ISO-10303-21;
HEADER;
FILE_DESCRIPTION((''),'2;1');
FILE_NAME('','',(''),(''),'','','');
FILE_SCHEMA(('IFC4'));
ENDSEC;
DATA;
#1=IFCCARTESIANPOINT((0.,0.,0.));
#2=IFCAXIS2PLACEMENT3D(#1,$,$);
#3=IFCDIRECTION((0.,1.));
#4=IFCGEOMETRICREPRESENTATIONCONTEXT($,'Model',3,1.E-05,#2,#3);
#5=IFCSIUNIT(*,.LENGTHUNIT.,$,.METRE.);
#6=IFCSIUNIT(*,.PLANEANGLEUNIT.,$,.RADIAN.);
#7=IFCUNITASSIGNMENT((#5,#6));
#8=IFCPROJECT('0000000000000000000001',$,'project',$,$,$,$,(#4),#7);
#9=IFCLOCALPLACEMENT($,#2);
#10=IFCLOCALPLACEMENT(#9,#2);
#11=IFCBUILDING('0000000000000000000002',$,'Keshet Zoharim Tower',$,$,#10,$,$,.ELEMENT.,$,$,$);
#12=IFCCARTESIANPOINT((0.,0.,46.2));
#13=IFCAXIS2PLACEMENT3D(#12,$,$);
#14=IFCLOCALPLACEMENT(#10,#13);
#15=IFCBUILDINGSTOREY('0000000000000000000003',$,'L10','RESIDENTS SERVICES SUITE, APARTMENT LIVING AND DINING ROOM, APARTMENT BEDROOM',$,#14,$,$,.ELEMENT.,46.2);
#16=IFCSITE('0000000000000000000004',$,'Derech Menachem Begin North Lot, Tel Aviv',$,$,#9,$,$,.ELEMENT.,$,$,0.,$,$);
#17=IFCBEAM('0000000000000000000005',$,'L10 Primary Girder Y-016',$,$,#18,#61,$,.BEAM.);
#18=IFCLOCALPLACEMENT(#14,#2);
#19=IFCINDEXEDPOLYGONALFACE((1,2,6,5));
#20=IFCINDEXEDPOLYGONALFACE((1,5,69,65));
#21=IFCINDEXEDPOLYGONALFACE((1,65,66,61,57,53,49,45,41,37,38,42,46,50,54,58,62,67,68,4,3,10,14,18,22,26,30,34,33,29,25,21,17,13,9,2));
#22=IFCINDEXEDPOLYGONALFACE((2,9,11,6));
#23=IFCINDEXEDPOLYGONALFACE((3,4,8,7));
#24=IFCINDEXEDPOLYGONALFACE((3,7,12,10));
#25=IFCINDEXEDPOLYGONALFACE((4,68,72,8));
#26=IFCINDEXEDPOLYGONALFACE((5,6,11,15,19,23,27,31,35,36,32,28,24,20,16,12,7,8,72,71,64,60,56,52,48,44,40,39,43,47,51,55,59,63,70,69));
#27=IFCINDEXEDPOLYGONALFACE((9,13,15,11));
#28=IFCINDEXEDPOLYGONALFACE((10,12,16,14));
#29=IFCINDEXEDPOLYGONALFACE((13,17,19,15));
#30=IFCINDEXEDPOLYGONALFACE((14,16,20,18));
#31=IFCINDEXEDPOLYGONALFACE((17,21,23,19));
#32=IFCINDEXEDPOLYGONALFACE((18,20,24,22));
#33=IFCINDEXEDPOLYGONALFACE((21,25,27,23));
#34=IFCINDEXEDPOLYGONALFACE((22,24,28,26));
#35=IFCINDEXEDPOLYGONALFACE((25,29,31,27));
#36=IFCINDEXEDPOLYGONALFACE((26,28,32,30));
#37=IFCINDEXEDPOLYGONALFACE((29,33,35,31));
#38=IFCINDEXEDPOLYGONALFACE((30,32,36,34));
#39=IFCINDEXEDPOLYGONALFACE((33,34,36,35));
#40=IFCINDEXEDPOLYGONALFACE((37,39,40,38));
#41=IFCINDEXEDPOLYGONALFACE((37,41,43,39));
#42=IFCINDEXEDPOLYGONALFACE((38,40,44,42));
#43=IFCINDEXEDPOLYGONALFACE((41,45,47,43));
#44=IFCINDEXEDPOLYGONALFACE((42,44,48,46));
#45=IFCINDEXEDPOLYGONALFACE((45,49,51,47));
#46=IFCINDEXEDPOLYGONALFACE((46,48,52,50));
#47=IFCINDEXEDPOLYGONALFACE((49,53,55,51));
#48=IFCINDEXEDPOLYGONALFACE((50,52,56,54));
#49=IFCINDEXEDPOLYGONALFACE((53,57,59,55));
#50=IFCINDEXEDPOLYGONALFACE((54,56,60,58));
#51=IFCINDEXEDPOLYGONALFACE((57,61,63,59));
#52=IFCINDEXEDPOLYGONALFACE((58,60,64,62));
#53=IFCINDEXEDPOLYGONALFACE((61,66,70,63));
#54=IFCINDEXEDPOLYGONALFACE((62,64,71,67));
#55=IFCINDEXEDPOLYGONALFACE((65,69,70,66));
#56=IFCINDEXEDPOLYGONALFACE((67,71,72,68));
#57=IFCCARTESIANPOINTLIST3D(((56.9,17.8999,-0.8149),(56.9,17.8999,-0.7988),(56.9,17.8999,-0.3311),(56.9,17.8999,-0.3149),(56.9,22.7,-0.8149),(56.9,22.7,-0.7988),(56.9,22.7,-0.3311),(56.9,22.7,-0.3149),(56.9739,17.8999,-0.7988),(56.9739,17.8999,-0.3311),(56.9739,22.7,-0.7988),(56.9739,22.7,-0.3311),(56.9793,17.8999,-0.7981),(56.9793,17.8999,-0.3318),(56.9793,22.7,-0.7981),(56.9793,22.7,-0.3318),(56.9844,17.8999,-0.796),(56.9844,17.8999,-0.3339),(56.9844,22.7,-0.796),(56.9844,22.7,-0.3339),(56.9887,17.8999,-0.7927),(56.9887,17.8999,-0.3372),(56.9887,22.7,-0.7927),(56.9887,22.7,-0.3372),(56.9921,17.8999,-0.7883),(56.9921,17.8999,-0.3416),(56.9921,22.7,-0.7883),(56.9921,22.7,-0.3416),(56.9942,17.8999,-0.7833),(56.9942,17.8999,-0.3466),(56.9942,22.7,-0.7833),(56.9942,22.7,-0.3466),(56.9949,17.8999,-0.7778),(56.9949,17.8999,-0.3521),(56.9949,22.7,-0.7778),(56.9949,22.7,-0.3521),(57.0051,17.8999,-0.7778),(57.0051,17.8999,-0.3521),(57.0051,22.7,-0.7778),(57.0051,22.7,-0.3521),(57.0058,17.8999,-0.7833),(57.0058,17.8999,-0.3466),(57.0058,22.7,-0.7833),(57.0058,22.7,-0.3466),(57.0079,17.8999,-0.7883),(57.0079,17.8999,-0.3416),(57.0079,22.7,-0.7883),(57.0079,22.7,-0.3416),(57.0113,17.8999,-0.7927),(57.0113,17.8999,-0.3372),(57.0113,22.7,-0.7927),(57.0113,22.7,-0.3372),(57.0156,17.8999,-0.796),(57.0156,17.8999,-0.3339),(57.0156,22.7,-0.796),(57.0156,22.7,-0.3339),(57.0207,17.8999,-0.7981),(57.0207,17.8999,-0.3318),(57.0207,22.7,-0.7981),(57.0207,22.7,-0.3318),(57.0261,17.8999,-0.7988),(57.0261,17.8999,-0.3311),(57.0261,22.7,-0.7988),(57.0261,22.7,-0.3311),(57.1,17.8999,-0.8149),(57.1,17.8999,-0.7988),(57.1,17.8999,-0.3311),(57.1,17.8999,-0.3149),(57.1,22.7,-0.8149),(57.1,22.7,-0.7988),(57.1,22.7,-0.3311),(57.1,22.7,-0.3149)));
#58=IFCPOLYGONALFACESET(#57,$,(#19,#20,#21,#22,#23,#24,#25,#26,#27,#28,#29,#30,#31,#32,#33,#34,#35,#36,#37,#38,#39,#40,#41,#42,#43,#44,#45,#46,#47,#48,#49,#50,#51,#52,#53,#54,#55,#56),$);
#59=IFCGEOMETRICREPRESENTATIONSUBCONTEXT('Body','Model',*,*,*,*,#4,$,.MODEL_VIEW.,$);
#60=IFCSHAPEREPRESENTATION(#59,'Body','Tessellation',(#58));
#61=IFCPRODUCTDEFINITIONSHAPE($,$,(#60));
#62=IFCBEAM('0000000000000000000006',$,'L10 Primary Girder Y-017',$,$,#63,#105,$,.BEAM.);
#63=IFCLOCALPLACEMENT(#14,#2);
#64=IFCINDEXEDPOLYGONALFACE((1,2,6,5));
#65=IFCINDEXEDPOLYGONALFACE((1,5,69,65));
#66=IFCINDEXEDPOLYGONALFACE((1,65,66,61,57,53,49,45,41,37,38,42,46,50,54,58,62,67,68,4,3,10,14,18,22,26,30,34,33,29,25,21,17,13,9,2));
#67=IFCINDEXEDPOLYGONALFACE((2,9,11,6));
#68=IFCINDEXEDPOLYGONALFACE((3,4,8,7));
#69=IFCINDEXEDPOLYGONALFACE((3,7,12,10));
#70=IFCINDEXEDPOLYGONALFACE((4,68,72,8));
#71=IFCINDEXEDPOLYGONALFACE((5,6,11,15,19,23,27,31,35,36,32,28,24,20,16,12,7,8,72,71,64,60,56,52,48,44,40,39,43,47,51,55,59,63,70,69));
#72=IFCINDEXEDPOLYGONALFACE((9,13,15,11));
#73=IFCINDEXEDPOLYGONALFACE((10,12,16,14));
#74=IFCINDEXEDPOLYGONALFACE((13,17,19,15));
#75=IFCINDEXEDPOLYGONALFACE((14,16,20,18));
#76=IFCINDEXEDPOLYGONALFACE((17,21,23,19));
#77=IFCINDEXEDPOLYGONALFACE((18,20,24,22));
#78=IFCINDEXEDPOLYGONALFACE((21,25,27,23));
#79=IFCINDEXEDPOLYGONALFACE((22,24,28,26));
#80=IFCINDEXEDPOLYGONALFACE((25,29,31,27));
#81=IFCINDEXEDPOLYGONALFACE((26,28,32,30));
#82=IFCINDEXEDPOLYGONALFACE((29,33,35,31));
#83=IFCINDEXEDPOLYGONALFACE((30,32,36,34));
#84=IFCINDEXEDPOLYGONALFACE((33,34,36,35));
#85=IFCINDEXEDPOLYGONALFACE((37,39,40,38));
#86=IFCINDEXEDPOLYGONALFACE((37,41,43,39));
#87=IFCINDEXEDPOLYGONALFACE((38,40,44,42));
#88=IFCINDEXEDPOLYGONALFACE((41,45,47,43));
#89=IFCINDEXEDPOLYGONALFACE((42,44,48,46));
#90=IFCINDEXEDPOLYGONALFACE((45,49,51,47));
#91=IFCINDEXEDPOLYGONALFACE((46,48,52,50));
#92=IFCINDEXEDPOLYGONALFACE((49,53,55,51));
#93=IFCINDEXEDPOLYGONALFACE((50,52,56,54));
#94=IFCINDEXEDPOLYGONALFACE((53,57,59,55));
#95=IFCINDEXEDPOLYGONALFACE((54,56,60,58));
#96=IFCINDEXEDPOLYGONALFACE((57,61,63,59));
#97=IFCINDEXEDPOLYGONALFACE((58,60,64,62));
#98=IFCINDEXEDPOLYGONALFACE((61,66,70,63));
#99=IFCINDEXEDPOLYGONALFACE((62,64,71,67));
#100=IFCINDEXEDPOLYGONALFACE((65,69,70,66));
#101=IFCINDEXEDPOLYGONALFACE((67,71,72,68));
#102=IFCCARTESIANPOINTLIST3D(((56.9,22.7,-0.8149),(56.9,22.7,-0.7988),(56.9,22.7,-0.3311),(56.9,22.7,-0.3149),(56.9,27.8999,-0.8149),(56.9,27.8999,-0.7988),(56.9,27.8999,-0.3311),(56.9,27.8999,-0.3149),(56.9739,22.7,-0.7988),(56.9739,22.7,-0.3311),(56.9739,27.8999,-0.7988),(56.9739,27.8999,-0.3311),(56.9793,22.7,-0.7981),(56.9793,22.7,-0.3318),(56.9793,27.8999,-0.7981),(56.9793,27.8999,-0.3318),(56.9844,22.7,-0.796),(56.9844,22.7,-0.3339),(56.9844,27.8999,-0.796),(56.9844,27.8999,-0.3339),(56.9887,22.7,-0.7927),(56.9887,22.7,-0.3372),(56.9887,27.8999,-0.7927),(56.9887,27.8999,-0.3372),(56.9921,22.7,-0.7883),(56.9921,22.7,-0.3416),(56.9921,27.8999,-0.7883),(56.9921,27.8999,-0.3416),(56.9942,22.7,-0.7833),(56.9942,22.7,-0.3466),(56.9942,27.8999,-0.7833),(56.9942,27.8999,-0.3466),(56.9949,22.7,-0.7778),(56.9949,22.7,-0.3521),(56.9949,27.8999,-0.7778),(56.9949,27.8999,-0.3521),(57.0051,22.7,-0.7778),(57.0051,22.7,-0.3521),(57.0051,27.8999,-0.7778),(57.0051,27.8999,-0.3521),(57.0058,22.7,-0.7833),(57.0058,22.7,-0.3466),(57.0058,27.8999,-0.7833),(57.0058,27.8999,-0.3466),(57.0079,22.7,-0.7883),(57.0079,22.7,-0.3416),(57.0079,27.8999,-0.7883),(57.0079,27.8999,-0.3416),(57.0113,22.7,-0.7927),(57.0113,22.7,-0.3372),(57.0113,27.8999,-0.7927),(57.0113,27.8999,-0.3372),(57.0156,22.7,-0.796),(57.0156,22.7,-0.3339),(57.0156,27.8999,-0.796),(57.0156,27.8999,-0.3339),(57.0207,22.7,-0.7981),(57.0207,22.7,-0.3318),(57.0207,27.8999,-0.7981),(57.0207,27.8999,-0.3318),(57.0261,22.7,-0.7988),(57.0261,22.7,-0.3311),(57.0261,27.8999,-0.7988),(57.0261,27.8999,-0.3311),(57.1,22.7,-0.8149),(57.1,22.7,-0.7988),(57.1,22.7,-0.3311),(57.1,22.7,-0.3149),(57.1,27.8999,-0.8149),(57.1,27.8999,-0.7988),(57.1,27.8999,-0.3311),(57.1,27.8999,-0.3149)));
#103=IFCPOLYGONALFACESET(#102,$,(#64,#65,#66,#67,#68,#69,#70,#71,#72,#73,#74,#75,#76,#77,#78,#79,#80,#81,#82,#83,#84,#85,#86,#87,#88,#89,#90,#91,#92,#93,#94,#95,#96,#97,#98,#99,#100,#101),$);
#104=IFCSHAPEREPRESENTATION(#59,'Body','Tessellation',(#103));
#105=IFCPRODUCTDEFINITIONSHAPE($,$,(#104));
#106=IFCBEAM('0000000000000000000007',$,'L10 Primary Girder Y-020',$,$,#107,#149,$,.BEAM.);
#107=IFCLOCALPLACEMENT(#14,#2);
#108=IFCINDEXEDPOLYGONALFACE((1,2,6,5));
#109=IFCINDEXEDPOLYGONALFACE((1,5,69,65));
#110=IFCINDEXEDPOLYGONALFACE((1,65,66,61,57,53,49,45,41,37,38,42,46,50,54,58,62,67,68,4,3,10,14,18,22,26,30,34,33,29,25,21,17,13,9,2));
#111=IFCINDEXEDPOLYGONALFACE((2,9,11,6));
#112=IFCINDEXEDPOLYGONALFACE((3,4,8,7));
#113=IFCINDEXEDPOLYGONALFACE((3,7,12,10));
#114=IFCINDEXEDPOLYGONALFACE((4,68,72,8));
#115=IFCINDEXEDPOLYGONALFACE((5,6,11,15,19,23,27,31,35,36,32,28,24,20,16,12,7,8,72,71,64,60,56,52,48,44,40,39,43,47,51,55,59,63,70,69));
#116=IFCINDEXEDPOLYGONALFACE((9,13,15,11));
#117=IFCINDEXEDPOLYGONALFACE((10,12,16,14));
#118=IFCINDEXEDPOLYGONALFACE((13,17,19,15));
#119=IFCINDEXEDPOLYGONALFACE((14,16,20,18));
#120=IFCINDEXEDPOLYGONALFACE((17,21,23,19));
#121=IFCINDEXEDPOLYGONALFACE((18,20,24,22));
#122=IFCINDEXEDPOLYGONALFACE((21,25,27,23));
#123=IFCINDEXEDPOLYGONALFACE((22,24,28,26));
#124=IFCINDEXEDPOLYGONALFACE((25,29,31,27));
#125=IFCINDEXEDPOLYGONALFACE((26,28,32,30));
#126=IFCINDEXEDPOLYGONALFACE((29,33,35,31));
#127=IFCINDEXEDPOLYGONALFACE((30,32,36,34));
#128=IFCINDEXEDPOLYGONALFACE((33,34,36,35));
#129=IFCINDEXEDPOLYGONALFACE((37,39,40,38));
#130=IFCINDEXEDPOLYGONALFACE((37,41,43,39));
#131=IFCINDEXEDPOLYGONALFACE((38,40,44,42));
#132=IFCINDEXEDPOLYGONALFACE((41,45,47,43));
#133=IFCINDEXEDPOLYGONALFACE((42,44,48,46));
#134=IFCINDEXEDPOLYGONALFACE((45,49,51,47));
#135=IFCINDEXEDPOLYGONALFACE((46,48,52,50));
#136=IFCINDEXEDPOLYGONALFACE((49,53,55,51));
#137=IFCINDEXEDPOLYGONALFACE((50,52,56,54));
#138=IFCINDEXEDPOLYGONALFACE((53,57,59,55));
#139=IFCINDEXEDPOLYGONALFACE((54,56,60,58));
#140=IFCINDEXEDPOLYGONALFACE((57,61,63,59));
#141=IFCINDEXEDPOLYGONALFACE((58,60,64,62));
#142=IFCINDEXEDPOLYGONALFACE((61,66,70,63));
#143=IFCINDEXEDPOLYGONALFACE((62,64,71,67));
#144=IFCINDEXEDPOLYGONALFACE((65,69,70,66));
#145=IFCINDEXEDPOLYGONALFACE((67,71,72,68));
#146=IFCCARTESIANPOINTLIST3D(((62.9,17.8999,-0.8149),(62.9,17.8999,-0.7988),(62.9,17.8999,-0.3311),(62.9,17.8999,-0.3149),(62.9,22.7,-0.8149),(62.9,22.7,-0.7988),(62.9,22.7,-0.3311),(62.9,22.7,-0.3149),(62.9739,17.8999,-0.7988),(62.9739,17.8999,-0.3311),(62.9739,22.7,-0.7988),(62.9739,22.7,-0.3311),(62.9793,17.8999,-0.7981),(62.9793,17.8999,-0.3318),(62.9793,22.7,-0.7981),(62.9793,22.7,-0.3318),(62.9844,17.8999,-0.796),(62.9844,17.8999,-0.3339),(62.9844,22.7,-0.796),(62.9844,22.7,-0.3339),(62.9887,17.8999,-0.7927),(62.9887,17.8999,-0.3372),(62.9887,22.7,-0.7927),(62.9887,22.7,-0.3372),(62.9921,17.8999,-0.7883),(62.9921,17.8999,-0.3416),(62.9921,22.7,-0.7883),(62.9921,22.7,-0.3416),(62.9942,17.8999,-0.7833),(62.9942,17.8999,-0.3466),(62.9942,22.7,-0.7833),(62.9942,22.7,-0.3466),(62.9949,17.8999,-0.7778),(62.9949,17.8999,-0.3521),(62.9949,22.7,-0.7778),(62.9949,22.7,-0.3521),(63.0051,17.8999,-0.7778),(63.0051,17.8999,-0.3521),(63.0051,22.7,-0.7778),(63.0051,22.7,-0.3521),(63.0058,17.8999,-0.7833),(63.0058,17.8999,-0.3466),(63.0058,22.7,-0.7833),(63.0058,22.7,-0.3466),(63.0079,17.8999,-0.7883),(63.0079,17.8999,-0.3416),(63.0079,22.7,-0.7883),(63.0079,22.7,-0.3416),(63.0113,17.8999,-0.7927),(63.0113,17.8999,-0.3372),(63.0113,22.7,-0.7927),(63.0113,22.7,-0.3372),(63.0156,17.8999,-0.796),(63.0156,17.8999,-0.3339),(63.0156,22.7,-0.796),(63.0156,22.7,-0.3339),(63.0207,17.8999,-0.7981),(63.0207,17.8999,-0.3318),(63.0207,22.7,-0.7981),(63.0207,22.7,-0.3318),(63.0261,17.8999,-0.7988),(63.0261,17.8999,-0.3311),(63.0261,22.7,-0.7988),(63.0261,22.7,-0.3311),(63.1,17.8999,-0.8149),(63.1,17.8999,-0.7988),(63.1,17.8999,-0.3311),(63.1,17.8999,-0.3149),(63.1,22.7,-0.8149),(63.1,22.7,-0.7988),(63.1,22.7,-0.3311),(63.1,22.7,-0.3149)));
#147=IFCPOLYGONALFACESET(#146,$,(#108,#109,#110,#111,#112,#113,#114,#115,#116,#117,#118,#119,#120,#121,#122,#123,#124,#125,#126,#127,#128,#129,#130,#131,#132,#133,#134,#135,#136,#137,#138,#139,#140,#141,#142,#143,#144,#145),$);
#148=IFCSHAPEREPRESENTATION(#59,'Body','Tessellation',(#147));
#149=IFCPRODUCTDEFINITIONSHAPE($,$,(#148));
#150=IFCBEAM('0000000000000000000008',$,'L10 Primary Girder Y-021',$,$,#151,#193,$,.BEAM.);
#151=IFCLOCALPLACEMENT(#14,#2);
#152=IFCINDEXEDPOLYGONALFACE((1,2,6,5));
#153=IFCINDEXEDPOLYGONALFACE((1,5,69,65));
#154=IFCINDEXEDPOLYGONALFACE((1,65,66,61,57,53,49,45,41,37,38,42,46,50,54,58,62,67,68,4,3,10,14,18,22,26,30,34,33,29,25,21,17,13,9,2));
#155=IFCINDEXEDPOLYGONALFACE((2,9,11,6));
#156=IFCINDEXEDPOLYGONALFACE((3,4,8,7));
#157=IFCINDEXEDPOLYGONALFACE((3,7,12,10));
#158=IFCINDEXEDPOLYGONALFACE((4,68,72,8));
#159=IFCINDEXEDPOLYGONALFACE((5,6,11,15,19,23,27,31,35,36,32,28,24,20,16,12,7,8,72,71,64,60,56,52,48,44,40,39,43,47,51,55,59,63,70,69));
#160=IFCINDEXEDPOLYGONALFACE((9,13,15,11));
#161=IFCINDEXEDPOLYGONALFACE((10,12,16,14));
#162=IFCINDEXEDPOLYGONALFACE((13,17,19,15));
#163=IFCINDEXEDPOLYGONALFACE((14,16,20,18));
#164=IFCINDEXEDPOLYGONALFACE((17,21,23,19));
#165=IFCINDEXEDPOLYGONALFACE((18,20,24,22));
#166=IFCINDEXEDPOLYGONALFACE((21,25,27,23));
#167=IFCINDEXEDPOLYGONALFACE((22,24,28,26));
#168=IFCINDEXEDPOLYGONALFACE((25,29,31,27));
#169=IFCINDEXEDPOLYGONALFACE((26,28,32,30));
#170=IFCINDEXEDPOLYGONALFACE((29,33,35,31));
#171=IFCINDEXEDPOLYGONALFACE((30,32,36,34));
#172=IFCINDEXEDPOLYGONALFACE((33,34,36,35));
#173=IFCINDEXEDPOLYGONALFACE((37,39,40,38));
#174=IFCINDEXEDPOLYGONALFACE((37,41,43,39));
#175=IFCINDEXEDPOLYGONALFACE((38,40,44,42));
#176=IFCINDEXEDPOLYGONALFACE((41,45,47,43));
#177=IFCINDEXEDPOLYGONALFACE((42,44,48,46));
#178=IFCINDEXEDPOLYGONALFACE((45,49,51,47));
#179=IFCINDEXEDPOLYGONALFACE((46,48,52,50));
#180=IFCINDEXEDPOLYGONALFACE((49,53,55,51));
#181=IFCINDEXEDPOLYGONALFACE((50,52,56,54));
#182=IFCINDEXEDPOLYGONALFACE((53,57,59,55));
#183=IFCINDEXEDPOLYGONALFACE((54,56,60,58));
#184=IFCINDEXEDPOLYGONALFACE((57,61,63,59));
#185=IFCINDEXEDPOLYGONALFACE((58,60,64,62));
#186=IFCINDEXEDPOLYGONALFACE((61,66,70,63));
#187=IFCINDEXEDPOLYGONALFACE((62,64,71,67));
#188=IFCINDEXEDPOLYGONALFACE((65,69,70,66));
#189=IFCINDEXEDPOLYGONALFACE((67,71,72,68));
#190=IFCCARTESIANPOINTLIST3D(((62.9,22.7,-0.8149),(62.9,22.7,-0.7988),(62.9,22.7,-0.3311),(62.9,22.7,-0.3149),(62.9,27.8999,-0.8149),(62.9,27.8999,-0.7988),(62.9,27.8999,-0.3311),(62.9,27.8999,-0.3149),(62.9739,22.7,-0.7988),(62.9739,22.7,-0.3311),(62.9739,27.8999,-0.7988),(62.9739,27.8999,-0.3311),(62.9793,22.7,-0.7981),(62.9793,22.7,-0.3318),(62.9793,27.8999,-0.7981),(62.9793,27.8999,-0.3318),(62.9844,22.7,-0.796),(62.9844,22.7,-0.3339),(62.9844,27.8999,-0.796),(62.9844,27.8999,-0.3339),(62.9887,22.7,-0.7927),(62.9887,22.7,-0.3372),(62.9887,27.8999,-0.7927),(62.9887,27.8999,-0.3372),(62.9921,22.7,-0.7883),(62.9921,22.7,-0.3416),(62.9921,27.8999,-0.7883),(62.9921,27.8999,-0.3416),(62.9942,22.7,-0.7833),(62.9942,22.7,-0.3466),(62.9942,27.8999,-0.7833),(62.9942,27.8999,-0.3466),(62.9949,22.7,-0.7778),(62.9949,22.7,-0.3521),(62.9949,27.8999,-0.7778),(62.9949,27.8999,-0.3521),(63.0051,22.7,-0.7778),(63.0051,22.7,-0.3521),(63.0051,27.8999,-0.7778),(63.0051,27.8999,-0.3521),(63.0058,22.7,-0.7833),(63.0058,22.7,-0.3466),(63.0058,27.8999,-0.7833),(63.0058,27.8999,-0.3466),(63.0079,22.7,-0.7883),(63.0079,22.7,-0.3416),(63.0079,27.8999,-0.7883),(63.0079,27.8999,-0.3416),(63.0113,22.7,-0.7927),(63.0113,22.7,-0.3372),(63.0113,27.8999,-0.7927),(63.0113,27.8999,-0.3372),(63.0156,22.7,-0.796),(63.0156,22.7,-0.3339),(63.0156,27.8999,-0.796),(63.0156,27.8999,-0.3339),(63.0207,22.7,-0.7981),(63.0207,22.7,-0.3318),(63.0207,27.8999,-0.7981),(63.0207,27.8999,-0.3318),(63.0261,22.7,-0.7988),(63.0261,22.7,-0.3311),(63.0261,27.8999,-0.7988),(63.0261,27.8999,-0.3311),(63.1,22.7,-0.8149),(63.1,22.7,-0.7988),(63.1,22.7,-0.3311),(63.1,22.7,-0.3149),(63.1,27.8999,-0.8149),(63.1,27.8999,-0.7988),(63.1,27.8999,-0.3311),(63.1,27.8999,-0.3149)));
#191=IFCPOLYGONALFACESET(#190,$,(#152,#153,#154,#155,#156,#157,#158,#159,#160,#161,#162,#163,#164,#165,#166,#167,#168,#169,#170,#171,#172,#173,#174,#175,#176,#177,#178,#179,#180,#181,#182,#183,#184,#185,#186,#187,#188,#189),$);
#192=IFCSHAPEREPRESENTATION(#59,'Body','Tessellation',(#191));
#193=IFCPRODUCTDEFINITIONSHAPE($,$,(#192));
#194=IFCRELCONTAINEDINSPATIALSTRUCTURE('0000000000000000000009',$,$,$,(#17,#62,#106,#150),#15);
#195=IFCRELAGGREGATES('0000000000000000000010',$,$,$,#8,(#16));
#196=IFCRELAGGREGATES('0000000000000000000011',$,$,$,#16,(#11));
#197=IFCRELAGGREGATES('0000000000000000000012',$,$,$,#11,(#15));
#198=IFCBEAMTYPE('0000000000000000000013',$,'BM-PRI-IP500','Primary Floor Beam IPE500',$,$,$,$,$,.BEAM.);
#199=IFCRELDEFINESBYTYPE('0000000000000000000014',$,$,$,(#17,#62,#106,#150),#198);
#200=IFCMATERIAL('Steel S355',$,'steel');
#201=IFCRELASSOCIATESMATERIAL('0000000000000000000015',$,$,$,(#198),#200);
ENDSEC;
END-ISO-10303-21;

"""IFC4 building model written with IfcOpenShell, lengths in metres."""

from ifc_helpers import new_model, si_unit, direction, frame, origin, origin_2d, place, context, subcontext, project, spatial, i_section, extrude, material, material_profile, profile_set, type_object, element, save


model = new_model("IFC4")

# Units and contexts
model_context = context("Model", 3, precision=1e-05, world=origin(), true_north=direction((0.0, 1.0)))
body_context = subcontext(model_context, "Body", "Model", "MODEL_VIEW")
ifc_project = project(units=[si_unit("LENGTHUNIT", "METRE"), si_unit("PLANEANGLEUNIT", "RADIAN")], contexts=[model_context])

# Site, building, storey
site_placement = place(None, origin())
site = spatial("IfcSite", under=ifc_project, at=site_placement, Name="Derech Menachem Begin North Lot, Tel Aviv", CompositionType="ELEMENT", RefElevation=0.0)
building_placement = place(site_placement, origin())
building = spatial("IfcBuilding", under=site, at=building_placement, Name="Keshet Zoharim Tower", CompositionType="ELEMENT")
storey_placement = place(building_placement, frame((0.0, 0.0, 46.2)))
storey = spatial("IfcBuildingStorey", under=building, at=storey_placement, Name="L10", Description="RESIDENTS SERVICES SUITE, APARTMENT LIVING AND DINING ROOM, APARTMENT BEDROOM", CompositionType="ELEMENT", Elevation=46.2)

# Shared definitions
ifc_material_1 = material(Name="Steel S355", Category="steel")

# Beams
ifc_material_profile_1 = material_profile(ifc_material_1, i_section(OverallWidth=0.2, OverallDepth=0.5, WebThickness=0.0103, FlangeThickness=0.0161, FilletRadius=0.021, at=origin_2d()), Name="IPE500")
ifc_profile_set_1 = profile_set([ifc_material_profile_1], Name="Steel S355")
beam_type_1 = type_object("IfcBeamType", Name="BM-PRI-IP500", Description="Primary Floor Beam IPE500", PredefinedType="BEAM", material=ifc_profile_set_1)
beam_1_placement = place(storey_placement, frame((57.0, 17.8999, -0.5649), z_axis=(0.0, 1.0, 0.0), x_axis=(-1.0, 0.0, 0.0)))
element("IfcBeam", 1, at=beam_1_placement, inside=storey, type_object=beam_type_1, Name="L10 Primary Girder Y-016", PredefinedType="BEAM", context=body_context, shape_type="SweptSolid", body=[
    extrude(i_section(OverallWidth=0.2, OverallDepth=0.5, WebThickness=0.0103, FlangeThickness=0.0161, FilletRadius=0.021, at=origin_2d()), origin(), (0.0, 0.0, 1.0), 4.8),
])
beam_2_placement = place(storey_placement, frame((57.0, 22.7, -0.5649), z_axis=(0.0, 1.0, 0.0), x_axis=(-1.0, 0.0, 0.0)))
element("IfcBeam", 2, at=beam_2_placement, inside=storey, type_object=beam_type_1, Name="L10 Primary Girder Y-017", PredefinedType="BEAM", context=body_context, shape_type="SweptSolid", body=[
    extrude(i_section(OverallWidth=0.2, OverallDepth=0.5, WebThickness=0.0103, FlangeThickness=0.0161, FilletRadius=0.021, at=origin_2d()), origin(), (0.0, 0.0, 1.0), 5.2),
])
beam_3_placement = place(storey_placement, frame((63.0, 17.8999, -0.5649), z_axis=(0.0, 1.0, 0.0), x_axis=(-1.0, 0.0, 0.0)))
element("IfcBeam", 3, at=beam_3_placement, inside=storey, type_object=beam_type_1, Name="L10 Primary Girder Y-020", PredefinedType="BEAM", context=body_context, shape_type="SweptSolid", body=[
    extrude(i_section(OverallWidth=0.2, OverallDepth=0.5, WebThickness=0.0103, FlangeThickness=0.0161, FilletRadius=0.021, at=origin_2d()), origin(), (0.0, 0.0, 1.0), 4.8),
])
beam_4_placement = place(storey_placement, frame((63.0, 22.7, -0.5649), z_axis=(0.0, 1.0, 0.0), x_axis=(-1.0, 0.0, 0.0)))
element("IfcBeam", 4, at=beam_4_placement, inside=storey, type_object=beam_type_1, Name="L10 Primary Girder Y-021", PredefinedType="BEAM", context=body_context, shape_type="SweptSolid", body=[
    extrude(i_section(OverallWidth=0.2, OverallDepth=0.5, WebThickness=0.0103, FlangeThickness=0.0161, FilletRadius=0.021, at=origin_2d()), origin(), (0.0, 0.0, 1.0), 5.2),
])

save(model, "model.ifc")
